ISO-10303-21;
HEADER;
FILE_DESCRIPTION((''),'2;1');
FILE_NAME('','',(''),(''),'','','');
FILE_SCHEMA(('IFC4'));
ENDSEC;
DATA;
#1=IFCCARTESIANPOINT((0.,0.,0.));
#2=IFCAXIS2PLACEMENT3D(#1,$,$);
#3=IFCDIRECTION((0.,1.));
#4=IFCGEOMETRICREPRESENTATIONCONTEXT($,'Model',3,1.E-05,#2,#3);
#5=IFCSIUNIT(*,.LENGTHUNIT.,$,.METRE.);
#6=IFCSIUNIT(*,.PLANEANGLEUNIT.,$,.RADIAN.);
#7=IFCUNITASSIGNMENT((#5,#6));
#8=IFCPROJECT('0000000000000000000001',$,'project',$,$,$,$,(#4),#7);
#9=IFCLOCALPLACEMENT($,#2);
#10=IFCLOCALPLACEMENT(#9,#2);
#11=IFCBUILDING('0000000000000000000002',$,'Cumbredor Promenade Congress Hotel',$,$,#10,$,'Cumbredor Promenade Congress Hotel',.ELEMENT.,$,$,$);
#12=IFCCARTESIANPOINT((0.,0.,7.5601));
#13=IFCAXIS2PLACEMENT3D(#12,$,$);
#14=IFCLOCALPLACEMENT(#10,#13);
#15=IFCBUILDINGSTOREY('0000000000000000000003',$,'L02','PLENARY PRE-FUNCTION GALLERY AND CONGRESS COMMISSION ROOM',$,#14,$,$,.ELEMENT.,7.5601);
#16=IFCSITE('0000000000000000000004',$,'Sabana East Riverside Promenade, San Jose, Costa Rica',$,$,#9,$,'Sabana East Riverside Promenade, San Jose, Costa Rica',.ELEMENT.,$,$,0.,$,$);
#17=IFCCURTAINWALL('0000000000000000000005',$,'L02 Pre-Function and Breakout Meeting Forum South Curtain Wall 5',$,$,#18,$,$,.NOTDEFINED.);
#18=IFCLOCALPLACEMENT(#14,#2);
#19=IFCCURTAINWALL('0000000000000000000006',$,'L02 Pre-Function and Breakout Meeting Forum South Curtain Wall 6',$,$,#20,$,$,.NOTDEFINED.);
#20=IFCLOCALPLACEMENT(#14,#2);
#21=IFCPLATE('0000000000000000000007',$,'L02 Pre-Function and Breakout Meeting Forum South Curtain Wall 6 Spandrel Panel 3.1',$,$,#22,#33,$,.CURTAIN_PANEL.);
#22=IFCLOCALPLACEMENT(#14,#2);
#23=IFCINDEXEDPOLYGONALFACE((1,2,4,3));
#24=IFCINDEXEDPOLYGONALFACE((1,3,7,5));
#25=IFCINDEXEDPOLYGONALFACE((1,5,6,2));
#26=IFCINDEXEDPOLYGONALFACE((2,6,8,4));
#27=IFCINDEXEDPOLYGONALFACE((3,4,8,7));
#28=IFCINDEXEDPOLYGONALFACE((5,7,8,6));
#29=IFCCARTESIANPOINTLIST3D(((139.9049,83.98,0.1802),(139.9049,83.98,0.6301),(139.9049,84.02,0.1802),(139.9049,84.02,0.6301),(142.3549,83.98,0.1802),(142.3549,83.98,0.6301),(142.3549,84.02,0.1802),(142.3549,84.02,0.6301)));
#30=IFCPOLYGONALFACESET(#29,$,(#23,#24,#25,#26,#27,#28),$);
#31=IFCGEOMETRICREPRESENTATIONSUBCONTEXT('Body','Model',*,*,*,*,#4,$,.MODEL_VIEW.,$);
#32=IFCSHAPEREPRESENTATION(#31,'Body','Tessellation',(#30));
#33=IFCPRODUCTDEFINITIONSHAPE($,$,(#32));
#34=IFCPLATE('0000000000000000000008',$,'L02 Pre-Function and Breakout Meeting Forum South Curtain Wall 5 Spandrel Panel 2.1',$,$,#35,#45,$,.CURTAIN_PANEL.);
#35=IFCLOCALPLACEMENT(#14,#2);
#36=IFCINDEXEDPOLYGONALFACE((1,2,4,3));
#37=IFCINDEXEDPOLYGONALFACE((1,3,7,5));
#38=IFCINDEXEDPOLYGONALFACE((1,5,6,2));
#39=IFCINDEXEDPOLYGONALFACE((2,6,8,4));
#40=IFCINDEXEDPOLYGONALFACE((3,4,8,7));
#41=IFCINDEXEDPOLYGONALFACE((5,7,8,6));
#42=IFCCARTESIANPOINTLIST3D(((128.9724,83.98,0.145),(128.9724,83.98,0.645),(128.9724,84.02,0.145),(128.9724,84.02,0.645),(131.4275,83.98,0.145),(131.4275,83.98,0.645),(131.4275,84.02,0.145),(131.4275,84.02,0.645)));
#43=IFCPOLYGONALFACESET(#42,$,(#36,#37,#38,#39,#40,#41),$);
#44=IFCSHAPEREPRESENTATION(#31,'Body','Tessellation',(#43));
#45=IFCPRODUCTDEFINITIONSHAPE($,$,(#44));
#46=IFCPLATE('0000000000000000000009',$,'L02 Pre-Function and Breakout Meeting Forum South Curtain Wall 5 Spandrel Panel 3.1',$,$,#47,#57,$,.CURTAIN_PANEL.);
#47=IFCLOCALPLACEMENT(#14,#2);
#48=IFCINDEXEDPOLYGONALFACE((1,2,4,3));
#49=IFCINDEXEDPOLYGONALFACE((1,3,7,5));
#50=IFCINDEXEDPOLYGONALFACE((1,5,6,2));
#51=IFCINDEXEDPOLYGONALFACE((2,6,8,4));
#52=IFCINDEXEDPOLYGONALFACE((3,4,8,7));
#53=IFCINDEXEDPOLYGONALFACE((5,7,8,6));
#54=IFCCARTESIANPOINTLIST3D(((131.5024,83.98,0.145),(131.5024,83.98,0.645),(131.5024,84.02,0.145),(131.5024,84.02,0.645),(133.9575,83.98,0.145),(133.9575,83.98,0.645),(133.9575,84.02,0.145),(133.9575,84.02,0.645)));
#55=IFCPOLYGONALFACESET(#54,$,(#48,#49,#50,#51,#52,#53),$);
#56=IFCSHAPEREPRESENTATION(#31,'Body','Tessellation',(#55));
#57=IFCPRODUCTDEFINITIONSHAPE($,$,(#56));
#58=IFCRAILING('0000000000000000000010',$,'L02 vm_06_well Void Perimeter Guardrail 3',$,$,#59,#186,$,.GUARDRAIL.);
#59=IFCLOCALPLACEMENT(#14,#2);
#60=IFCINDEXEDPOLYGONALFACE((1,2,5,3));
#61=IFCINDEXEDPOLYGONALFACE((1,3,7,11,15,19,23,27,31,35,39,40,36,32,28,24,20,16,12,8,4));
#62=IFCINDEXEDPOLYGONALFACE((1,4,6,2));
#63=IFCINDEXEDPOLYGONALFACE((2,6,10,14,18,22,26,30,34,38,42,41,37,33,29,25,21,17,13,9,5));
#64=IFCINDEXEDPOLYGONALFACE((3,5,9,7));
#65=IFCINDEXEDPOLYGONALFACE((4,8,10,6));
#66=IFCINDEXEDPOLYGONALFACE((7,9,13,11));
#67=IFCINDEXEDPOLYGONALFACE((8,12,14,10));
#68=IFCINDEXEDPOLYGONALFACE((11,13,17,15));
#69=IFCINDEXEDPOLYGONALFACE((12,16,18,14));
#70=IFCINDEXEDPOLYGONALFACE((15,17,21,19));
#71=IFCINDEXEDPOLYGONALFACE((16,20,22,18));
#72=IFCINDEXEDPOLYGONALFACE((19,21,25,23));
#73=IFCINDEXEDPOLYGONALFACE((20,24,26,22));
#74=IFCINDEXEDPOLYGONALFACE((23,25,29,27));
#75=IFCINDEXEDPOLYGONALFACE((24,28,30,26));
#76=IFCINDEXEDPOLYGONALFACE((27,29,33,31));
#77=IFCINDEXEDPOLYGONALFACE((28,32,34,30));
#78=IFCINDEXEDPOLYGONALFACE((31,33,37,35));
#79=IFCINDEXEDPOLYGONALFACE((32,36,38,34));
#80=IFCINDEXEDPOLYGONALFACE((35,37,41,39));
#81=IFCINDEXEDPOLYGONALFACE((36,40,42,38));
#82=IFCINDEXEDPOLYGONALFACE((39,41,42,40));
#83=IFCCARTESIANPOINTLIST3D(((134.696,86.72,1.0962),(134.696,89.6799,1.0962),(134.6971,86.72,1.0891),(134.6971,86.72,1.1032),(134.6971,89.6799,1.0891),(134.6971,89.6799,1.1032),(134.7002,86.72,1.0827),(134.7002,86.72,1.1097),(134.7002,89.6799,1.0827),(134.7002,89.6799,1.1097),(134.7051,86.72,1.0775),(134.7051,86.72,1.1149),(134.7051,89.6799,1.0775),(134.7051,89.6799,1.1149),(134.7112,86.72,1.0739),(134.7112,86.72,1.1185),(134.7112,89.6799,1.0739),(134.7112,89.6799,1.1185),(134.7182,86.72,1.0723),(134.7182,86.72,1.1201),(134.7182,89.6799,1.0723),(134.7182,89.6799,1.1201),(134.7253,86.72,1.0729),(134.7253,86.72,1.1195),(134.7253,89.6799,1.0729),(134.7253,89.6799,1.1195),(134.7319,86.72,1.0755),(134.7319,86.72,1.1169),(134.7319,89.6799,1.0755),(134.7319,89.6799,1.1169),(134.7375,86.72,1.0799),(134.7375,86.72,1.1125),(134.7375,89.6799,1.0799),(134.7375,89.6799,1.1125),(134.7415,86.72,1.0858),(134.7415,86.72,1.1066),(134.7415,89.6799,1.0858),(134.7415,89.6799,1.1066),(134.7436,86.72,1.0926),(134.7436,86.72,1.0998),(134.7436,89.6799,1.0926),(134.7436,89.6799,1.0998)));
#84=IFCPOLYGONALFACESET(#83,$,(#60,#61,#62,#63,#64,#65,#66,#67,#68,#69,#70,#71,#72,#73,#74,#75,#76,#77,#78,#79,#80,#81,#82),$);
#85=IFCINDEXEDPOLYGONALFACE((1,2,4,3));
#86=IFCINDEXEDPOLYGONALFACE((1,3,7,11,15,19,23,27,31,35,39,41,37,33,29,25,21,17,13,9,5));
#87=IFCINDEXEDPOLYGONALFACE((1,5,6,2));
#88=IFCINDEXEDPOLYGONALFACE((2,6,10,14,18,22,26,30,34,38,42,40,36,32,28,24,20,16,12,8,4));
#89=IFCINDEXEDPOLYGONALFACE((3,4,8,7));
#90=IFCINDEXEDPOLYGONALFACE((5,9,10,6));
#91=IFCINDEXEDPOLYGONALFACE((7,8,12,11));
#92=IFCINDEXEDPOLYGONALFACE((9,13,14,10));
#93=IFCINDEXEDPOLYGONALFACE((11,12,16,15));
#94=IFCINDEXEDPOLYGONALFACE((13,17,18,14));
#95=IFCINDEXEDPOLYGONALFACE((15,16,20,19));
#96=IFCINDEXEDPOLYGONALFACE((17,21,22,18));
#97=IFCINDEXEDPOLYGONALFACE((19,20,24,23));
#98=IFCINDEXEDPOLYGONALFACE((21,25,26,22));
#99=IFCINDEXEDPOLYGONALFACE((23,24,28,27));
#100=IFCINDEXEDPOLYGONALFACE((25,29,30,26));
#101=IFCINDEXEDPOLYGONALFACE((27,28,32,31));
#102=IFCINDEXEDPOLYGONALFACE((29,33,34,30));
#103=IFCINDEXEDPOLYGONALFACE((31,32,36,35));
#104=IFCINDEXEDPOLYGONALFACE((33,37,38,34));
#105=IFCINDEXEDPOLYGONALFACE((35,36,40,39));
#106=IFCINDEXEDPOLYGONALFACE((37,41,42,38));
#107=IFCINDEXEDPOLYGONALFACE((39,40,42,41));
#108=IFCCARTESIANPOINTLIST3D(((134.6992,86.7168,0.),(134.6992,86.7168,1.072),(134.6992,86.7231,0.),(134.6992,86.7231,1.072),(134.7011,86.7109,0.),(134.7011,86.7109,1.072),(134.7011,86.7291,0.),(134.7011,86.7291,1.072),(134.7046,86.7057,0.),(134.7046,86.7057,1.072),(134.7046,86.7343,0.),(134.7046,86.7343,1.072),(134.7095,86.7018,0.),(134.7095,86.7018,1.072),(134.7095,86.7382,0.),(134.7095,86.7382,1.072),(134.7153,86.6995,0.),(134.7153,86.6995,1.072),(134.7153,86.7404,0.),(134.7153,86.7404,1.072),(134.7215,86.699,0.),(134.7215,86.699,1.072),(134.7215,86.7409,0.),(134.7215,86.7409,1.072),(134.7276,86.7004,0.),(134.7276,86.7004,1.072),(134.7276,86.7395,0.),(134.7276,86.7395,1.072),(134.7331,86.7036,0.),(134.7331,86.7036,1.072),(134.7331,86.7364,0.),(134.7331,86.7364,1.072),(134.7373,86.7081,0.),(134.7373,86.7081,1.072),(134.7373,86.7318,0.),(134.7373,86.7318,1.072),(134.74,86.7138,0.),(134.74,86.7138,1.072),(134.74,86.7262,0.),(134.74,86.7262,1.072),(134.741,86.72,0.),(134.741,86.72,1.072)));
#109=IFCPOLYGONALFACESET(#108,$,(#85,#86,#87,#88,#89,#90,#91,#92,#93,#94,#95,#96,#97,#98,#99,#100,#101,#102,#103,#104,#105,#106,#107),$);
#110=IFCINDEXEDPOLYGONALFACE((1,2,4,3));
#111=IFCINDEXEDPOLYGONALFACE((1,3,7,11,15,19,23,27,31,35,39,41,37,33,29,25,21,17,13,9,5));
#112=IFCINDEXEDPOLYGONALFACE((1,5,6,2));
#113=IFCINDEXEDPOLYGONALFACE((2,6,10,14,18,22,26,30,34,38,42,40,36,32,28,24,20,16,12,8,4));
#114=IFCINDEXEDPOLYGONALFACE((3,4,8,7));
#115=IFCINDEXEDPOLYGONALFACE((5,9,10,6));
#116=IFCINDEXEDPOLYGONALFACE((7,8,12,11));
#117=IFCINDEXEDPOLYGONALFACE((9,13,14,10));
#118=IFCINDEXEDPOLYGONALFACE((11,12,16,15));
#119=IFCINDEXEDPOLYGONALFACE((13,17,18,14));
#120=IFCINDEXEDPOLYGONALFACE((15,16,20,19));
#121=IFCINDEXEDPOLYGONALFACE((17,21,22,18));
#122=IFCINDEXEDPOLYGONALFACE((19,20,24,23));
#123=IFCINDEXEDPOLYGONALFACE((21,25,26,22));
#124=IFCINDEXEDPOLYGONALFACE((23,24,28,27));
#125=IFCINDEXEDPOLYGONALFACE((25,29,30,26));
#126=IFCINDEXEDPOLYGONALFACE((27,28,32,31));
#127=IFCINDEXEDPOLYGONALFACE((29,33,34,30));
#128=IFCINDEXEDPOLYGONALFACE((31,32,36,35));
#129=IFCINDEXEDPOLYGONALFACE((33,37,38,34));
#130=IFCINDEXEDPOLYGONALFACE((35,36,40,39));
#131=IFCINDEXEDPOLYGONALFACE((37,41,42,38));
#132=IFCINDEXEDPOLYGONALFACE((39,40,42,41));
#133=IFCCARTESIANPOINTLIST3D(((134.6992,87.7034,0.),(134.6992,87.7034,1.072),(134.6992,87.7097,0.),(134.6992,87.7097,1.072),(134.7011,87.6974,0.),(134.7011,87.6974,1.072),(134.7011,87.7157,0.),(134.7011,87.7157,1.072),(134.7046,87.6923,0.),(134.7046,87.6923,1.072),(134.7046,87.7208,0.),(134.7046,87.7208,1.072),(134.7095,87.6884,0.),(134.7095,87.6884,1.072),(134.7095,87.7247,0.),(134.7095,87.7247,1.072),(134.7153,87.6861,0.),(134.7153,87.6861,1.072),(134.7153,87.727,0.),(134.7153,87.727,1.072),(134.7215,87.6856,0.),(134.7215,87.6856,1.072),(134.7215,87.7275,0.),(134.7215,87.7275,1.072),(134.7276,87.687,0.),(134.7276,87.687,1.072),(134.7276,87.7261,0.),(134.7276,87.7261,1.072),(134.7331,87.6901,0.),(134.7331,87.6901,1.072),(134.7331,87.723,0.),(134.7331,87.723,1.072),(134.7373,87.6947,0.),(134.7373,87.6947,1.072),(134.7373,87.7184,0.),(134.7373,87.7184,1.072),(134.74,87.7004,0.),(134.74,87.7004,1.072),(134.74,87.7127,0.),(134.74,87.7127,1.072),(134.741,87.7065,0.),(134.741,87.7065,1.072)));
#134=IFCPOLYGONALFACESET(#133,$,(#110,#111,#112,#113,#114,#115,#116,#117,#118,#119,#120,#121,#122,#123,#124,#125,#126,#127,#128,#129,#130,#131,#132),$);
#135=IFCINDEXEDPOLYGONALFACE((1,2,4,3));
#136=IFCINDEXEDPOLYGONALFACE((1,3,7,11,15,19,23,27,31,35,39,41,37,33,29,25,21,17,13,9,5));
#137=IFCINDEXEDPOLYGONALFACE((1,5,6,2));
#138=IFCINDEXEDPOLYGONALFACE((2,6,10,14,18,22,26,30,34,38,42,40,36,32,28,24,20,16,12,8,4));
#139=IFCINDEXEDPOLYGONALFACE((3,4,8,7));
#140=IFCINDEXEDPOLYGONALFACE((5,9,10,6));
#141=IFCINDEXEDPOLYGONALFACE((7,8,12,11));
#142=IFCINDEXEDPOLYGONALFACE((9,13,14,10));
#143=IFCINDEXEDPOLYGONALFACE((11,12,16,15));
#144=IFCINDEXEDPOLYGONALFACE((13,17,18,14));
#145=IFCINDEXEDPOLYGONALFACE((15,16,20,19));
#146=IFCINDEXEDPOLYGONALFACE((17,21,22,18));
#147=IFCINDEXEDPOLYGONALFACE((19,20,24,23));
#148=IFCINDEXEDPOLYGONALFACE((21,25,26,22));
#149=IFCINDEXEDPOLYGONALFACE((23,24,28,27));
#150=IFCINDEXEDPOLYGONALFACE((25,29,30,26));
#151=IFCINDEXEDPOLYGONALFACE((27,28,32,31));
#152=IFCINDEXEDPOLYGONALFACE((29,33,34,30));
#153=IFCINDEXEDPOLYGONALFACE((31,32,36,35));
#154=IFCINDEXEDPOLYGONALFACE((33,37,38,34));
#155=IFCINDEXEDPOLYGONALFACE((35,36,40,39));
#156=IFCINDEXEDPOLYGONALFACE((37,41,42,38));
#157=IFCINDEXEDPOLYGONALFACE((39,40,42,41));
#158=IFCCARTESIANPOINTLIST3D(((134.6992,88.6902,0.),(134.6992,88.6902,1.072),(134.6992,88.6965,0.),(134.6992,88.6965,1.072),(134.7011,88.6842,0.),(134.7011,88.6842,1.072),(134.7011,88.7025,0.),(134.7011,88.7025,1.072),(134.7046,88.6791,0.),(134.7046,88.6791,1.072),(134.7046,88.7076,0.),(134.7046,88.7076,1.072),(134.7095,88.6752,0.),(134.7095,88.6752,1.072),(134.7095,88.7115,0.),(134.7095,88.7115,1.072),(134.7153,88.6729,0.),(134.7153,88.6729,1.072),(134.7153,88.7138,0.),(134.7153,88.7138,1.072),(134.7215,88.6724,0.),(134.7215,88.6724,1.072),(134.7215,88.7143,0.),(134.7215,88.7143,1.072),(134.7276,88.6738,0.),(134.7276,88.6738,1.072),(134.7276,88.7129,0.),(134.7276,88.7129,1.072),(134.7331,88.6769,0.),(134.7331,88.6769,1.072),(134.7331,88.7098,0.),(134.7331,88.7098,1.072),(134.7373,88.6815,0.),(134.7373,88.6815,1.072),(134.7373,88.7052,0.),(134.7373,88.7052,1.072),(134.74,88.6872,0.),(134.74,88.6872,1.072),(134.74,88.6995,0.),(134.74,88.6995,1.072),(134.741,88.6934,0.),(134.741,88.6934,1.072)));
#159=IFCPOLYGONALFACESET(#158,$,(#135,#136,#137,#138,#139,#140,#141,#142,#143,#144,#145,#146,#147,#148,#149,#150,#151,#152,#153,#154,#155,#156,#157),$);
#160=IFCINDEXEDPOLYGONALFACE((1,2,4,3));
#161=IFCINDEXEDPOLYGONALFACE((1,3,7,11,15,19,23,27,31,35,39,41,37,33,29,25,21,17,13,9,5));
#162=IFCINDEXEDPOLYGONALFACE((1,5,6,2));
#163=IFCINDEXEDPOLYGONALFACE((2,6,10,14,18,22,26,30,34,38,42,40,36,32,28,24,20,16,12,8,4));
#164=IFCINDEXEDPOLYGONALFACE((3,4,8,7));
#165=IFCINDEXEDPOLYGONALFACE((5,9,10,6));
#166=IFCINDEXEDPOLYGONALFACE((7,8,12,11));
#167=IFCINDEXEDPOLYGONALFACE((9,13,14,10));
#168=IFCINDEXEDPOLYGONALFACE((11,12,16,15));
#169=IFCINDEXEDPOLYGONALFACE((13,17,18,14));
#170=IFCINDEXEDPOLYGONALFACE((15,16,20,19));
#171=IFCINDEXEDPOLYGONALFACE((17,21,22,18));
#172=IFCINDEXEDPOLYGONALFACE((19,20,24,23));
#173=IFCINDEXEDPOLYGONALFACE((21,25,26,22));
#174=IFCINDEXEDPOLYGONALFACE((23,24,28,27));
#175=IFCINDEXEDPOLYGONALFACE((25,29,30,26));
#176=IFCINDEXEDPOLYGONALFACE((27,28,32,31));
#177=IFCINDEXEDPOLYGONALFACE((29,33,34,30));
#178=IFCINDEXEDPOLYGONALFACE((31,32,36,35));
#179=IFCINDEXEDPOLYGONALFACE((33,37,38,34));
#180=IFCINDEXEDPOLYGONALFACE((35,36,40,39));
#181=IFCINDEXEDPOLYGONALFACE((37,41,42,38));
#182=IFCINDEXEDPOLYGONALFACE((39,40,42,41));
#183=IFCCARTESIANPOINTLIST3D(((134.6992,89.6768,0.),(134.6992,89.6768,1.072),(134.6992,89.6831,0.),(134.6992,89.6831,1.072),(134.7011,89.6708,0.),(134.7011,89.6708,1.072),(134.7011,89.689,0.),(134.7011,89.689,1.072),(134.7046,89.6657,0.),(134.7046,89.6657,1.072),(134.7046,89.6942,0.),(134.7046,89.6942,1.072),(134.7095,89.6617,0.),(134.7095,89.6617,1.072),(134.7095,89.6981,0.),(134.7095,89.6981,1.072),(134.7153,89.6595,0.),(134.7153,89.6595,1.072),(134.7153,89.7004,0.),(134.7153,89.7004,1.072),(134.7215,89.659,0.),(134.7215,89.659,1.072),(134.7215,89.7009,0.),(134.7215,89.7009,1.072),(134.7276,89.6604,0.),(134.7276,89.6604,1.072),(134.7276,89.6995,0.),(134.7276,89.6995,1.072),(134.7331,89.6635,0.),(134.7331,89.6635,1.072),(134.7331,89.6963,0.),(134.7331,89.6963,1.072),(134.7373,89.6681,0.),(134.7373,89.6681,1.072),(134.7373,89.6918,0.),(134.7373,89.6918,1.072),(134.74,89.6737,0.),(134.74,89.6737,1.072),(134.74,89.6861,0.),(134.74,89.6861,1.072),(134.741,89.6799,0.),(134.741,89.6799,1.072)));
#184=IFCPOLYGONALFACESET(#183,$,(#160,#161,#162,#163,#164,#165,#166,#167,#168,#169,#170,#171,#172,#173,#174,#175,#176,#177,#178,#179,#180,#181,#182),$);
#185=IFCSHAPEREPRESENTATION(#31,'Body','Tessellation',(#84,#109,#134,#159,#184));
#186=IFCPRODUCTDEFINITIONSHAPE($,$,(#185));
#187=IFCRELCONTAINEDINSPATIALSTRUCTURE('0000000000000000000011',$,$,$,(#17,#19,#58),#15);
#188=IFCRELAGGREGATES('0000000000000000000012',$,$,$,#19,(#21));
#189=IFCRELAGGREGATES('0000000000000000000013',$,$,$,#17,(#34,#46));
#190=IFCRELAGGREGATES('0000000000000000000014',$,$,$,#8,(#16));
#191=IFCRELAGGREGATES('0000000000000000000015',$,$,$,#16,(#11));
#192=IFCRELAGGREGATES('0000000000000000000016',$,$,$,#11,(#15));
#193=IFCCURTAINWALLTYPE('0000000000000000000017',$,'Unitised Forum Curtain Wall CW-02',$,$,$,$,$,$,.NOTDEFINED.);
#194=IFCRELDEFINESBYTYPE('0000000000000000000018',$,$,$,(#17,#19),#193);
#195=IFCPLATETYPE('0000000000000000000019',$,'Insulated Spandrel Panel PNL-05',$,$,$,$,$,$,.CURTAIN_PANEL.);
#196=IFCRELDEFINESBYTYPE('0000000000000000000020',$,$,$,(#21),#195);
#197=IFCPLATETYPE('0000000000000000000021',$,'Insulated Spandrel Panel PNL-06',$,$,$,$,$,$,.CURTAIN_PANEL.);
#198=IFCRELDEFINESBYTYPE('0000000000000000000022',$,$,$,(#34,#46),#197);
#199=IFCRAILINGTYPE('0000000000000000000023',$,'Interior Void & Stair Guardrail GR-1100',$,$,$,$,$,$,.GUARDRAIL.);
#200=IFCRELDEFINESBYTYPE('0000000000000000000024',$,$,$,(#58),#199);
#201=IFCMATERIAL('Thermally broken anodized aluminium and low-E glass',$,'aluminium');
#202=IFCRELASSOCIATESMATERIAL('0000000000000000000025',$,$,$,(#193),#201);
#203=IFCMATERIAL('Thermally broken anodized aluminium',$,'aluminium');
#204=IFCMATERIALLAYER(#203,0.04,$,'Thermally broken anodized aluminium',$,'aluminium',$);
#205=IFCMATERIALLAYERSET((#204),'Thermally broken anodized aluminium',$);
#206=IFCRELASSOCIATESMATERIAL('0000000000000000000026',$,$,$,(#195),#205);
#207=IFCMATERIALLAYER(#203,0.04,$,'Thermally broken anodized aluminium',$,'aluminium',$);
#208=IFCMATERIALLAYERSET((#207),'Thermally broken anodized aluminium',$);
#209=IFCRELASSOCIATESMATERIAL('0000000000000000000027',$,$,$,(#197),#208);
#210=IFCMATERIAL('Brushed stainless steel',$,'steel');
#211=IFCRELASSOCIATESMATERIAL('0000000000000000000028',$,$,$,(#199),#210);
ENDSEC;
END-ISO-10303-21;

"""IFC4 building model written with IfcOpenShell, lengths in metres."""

from ifc_helpers import new_model, si_unit, direction, frame, origin, origin_2d, place, context, subcontext, project, spatial, rectangle, circle, extrude, material, layer, layer_set, type_object, element, aggregate, save


model = new_model("IFC4")

# Units and contexts
model_context = context("Model", 3, precision=1e-05, world=origin(), true_north=direction((0.0, 1.0)))
body_context = subcontext(model_context, "Body", "Model", "MODEL_VIEW")
ifc_project = project(units=[si_unit("LENGTHUNIT", "METRE"), si_unit("PLANEANGLEUNIT", "RADIAN")], contexts=[model_context])

# Site, building, storey
site_placement = place(None, origin())
site = spatial("IfcSite", under=ifc_project, at=site_placement, Name="Sabana East Riverside Promenade, San Jose, Costa Rica", LongName="Sabana East Riverside Promenade, San Jose, Costa Rica", CompositionType="ELEMENT", RefElevation=0.0)
building_placement = place(site_placement, origin())
building = spatial("IfcBuilding", under=site, at=building_placement, Name="Cumbredor Promenade Congress Hotel", LongName="Cumbredor Promenade Congress Hotel", CompositionType="ELEMENT")
storey_placement = place(building_placement, frame((0.0, 0.0, 7.5601)))
storey = spatial("IfcBuildingStorey", under=building, at=storey_placement, Name="L02", Description="PLENARY PRE-FUNCTION GALLERY AND CONGRESS COMMISSION ROOM", CompositionType="ELEMENT", Elevation=7.5601)

# Curtain walls
ifc_material_1 = material(Name="Thermally broken anodized aluminium and low-E glass", Category="aluminium")
curtain_wall_type = type_object("IfcCurtainWallType", Name="Unitised Forum Curtain Wall CW-02", PredefinedType="NOTDEFINED", material=ifc_material_1)
curtain_wall_1_placement = place(storey_placement, origin())
curtain_wall_1 = element("IfcCurtainWall", 1, at=curtain_wall_1_placement, inside=storey, type_object=curtain_wall_type, Name="L02 Pre-Function and Breakout Meeting Forum South Curtain Wall 5", PredefinedType="NOTDEFINED")
ifc_material_2 = material(Name="Thermally broken anodized aluminium", Category="aluminium")
curtain_wall_2_placement = place(storey_placement, origin())
curtain_wall_2 = element("IfcCurtainWall", 2, at=curtain_wall_2_placement, inside=storey, type_object=curtain_wall_type, Name="L02 Pre-Function and Breakout Meeting Forum South Curtain Wall 6", PredefinedType="NOTDEFINED")

# Plates
ifc_layer_1 = layer(ifc_material_2, 0.04, Name="Thermally broken anodized aluminium", Category="aluminium")
ifc_layer_set_1 = layer_set([ifc_layer_1], Name="Thermally broken anodized aluminium")
plate_type_1 = type_object("IfcPlateType", Name="Insulated Spandrel Panel PNL-05", PredefinedType="CURTAIN_PANEL", material=ifc_layer_set_1)
plate_1_placement = place(storey_placement, frame((141.1299, 84.0, 0.1802), z_axis=(0.0, 0.0, 1.0), x_axis=(1.0, 0.0, 0.0)))
plate_1 = element("IfcPlate", 3, at=plate_1_placement, type_object=plate_type_1, Name="L02 Pre-Function and Breakout Meeting Forum South Curtain Wall 6 Spandrel Panel 3.1", PredefinedType="CURTAIN_PANEL", context=body_context, shape_type="SweptSolid", body=[
    extrude(rectangle(XDim=2.45, YDim=0.04, at=origin_2d()), origin(), (0.0, 0.0, 1.0), 0.45),
])
aggregate(curtain_wall_2, [plate_1])
ifc_layer_2 = layer(ifc_material_2, 0.04, Name="Thermally broken anodized aluminium", Category="aluminium")
ifc_layer_set_2 = layer_set([ifc_layer_2], Name="Thermally broken anodized aluminium")
plate_type_2 = type_object("IfcPlateType", Name="Insulated Spandrel Panel PNL-06", PredefinedType="CURTAIN_PANEL", material=ifc_layer_set_2)
plate_2_placement = place(storey_placement, frame((130.2, 84.0, 0.145), z_axis=(0.0, 0.0, 1.0), x_axis=(1.0, 0.0, 0.0)))
plate_2 = element("IfcPlate", 4, at=plate_2_placement, type_object=plate_type_2, Name="L02 Pre-Function and Breakout Meeting Forum South Curtain Wall 5 Spandrel Panel 2.1", PredefinedType="CURTAIN_PANEL", context=body_context, shape_type="SweptSolid", body=[
    extrude(rectangle(XDim=2.4551, YDim=0.04, at=origin_2d()), origin(), (0.0, 0.0, 1.0), 0.5),
])
plate_3_placement = place(storey_placement, frame((132.73, 84.0, 0.145), z_axis=(0.0, 0.0, 1.0), x_axis=(1.0, 0.0, 0.0)))
plate_3 = element("IfcPlate", 5, at=plate_3_placement, type_object=plate_type_2, Name="L02 Pre-Function and Breakout Meeting Forum South Curtain Wall 5 Spandrel Panel 3.1", PredefinedType="CURTAIN_PANEL", context=body_context, shape_type="SweptSolid", body=[
    extrude(rectangle(XDim=2.4551, YDim=0.04, at=origin_2d()), origin(), (0.0, 0.0, 1.0), 0.5),
])
aggregate(curtain_wall_1, [plate_2, plate_3])

# Railing
ifc_material_3 = material(Name="Brushed stainless steel", Category="steel")
railing_type = type_object("IfcRailingType", Name="Interior Void & Stair Guardrail GR-1100", PredefinedType="GUARDRAIL", material=ifc_material_3)
railing_1_placement = place(storey_placement, frame((134.72, 86.72, 0.0)))
element("IfcRailing", 6, at=railing_1_placement, inside=storey, type_object=railing_type, Name="L02 vm_06_well Void Perimeter Guardrail 3", PredefinedType="GUARDRAIL", context=body_context, shape_type="SweptSolid", body=[
    extrude(circle(Radius=0.0239, at=origin_2d()), frame((0.0, 0.0, 1.0962), z_axis=(0.0, 1.0, 0.0), x_axis=(-1.0, 0.0, 0.0)), (0.0, 0.0, 1.0), 2.96),
    extrude(circle(Radius=0.021, at=origin_2d()), origin(), (0.0, 0.0, 1.0), 1.072),
    extrude(circle(Radius=0.021, at=origin_2d()), frame((0.0, 0.9866, 0.0)), (0.0, 0.0, 1.0), 1.072),
    extrude(circle(Radius=0.021, at=origin_2d()), frame((0.0, 1.9734, 0.0)), (0.0, 0.0, 1.0), 1.072),
    extrude(circle(Radius=0.021, at=origin_2d()), frame((0.0, 2.96, 0.0)), (0.0, 0.0, 1.0), 1.072),
])

save(model, "model.ifc")
